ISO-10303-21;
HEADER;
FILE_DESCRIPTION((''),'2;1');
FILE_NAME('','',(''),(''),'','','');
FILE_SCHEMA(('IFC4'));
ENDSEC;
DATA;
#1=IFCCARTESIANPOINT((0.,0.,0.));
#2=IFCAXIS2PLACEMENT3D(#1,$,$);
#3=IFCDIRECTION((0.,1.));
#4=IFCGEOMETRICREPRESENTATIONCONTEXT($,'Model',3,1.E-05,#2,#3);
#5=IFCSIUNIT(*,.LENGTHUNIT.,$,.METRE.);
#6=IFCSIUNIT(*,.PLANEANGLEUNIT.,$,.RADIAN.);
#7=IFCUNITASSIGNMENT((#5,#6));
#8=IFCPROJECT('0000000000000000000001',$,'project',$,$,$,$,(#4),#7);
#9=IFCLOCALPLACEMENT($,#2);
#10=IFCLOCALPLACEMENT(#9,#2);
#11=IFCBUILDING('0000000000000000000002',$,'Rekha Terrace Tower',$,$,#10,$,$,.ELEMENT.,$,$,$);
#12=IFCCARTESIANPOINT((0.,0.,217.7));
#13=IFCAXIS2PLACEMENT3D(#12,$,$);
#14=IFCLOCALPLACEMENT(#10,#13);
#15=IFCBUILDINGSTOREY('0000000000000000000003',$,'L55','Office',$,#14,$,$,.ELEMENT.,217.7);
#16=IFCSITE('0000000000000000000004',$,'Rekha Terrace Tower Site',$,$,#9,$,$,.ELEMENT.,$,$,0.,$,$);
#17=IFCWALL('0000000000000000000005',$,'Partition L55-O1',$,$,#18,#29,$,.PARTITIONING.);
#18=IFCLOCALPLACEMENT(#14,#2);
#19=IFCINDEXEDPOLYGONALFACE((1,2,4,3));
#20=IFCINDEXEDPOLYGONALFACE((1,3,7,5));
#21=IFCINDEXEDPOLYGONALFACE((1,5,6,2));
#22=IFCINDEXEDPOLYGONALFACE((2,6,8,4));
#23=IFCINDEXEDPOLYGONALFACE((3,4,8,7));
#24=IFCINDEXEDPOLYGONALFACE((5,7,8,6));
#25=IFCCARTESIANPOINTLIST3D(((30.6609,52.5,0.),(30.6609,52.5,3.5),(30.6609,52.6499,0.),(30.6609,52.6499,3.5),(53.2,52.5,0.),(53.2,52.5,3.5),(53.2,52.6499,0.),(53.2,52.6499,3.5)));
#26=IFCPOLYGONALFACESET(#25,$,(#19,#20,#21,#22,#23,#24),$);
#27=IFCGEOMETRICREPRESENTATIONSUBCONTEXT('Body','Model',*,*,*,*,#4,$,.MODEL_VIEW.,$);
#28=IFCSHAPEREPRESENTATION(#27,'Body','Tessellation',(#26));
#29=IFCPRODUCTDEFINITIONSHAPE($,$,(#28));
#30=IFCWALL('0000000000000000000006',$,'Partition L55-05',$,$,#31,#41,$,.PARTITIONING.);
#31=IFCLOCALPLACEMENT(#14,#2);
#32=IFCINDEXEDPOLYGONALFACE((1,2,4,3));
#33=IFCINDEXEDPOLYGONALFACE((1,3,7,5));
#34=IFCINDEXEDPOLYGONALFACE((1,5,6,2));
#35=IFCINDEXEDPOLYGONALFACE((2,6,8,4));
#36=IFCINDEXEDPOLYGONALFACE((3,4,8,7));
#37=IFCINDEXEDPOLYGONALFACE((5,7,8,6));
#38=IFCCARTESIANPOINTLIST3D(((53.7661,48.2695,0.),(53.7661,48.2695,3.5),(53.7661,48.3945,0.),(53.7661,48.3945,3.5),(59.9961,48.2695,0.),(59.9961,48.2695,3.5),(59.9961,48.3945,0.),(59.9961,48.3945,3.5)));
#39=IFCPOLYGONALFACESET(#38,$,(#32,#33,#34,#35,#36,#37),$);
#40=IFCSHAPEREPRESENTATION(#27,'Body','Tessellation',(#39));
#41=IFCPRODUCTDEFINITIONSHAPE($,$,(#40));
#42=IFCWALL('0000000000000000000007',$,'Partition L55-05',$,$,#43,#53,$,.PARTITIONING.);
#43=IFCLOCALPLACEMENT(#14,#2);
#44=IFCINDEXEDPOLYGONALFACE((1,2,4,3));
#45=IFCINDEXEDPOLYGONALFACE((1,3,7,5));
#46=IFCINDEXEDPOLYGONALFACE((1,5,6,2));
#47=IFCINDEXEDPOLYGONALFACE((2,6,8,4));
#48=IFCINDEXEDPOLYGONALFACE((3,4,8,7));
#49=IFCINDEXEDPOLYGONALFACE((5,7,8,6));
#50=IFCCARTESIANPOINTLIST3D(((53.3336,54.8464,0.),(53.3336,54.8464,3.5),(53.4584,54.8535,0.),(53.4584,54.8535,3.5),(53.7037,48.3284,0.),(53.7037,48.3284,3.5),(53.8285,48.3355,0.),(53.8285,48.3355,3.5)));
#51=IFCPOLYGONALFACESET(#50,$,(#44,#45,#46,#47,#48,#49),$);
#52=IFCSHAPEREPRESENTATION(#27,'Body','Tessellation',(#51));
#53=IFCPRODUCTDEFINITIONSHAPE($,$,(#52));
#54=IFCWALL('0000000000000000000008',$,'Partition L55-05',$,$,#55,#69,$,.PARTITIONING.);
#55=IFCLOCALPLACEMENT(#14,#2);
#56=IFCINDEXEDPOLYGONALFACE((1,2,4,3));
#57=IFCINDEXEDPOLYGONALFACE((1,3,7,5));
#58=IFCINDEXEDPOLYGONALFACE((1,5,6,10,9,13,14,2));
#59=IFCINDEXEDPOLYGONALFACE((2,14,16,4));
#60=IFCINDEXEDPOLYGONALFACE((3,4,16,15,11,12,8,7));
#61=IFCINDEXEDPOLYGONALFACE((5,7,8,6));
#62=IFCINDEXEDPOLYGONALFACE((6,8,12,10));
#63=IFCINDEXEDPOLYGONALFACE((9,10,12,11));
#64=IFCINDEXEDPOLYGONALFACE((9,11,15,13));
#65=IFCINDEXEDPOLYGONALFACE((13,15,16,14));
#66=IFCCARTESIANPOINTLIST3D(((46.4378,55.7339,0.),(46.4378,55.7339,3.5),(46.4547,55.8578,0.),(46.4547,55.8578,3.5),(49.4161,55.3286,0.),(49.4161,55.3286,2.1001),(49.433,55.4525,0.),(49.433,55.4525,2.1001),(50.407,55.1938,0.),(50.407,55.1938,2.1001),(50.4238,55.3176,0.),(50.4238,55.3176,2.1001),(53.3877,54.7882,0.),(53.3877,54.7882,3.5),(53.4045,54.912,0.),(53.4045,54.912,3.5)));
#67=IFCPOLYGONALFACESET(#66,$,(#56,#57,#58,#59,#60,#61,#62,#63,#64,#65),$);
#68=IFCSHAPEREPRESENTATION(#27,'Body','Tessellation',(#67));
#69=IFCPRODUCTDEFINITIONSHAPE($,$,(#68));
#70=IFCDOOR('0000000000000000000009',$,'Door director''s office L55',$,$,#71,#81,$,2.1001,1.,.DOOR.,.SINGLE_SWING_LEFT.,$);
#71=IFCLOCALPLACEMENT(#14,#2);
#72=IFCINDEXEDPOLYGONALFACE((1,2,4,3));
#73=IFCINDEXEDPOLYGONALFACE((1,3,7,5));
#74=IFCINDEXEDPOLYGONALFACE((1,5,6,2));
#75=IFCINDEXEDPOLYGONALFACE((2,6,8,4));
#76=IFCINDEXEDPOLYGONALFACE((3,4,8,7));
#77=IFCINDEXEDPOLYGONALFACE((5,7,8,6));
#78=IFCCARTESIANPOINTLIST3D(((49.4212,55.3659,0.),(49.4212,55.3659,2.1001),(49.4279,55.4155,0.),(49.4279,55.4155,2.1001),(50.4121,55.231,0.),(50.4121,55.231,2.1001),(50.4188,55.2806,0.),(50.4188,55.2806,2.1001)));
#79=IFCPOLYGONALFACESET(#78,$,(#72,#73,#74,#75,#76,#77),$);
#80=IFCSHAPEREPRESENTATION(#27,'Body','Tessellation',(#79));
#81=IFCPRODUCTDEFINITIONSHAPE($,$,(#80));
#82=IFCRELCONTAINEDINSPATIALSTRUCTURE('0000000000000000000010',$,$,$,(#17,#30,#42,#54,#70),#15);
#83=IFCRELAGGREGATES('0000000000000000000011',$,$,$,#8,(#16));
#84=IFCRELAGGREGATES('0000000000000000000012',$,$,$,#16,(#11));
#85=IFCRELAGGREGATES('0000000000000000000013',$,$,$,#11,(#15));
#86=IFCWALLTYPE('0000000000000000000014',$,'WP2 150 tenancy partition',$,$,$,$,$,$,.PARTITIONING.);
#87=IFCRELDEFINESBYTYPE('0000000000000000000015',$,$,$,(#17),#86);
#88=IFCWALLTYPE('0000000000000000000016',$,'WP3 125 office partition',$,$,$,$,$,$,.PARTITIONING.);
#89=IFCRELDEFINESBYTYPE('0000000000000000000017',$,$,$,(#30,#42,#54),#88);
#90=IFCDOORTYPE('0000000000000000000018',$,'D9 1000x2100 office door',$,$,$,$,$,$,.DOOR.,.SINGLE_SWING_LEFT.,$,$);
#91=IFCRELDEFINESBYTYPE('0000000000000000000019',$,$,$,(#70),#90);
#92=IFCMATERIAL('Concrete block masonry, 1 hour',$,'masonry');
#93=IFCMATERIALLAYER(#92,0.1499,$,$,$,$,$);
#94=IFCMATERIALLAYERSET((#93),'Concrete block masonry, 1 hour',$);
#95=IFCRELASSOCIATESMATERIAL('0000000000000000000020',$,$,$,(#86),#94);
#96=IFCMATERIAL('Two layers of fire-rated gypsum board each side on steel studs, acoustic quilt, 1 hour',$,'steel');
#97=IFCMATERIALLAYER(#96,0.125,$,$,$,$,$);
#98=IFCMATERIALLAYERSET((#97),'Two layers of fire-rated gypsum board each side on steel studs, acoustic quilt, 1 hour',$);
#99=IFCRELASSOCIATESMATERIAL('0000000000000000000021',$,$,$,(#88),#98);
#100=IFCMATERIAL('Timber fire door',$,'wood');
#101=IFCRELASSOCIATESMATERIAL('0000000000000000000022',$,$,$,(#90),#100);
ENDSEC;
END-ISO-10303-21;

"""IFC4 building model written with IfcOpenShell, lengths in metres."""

from ifc_helpers import new_model, si_unit, direction, frame, frame_2d, origin, place, context, subcontext, project, spatial, rectangle, extrude, material, layer, layer_set, type_object, element, fill, save


model = new_model("IFC4")

# Units and contexts
model_context = context("Model", 3, precision=1e-05, world=origin(), true_north=direction((0.0, 1.0)))
body_context = subcontext(model_context, "Body", "Model", "MODEL_VIEW")
ifc_project = project(units=[si_unit("LENGTHUNIT", "METRE"), si_unit("PLANEANGLEUNIT", "RADIAN")], contexts=[model_context])

# Site, building, storey
site_placement = place(None, origin())
site = spatial("IfcSite", under=ifc_project, at=site_placement, Name="Rekha Terrace Tower Site", CompositionType="ELEMENT", RefElevation=0.0)
building_placement = place(site_placement, origin())
building = spatial("IfcBuilding", under=site, at=building_placement, Name="Rekha Terrace Tower", CompositionType="ELEMENT")
storey_placement = place(building_placement, frame((0.0, 0.0, 217.7)))
storey = spatial("IfcBuildingStorey", under=building, at=storey_placement, Name="L55", Description="Office", CompositionType="ELEMENT", Elevation=217.7)

# Walls
ifc_material_1 = material(Name="Concrete block masonry, 1 hour", Category="masonry")
ifc_layer_1 = layer(ifc_material_1, 0.1499)
ifc_layer_set_1 = layer_set([ifc_layer_1], Name="Concrete block masonry, 1 hour")
wall_type_1 = type_object("IfcWallType", Name="WP2 150 tenancy partition", PredefinedType="PARTITIONING", material=ifc_layer_set_1)
wall_1_placement = place(storey_placement, frame((53.2, 52.575, 0.0), z_axis=(0.0, 0.0, 1.0), x_axis=(-1.0, 0.0, 0.0)))
element("IfcWall", 1, at=wall_1_placement, inside=storey, type_object=wall_type_1, Name="Partition L55-O1", PredefinedType="PARTITIONING", context=body_context, shape_type="SweptSolid", body=[
    extrude(rectangle(XDim=22.5391, YDim=0.1499, at=frame_2d((11.2695, 0.0))), origin(), (0.0, 0.0, 1.0), 3.5),
])
ifc_material_2 = material(Name="Two layers of fire-rated gypsum board each side on steel studs, acoustic quilt, 1 hour", Category="steel")
ifc_layer_2 = layer(ifc_material_2, 0.125)
ifc_layer_set_2 = layer_set([ifc_layer_2], Name="Two layers of fire-rated gypsum board each side on steel studs, acoustic quilt, 1 hour")
wall_type_2 = type_object("IfcWallType", Name="WP3 125 office partition", PredefinedType="PARTITIONING", material=ifc_layer_set_2)
wall_2_placement = place(storey_placement, frame((59.9961, 48.332, 0.0), z_axis=(0.0, 0.0, 1.0), x_axis=(-1.0, 0.0, 0.0)))
element("IfcWall", 2, at=wall_2_placement, inside=storey, type_object=wall_type_2, Name="Partition L55-05", PredefinedType="PARTITIONING", context=body_context, shape_type="SweptSolid", body=[
    extrude(rectangle(XDim=6.23, YDim=0.125, at=frame_2d((3.115, 0.0))), origin(), (0.0, 0.0, 1.0), 3.5),
])
wall_3_placement = place(storey_placement, frame((53.7661, 48.332, 0.0), z_axis=(0.0, 0.0, 1.0), x_axis=(-0.056692, 0.998392, 0.0)))
element("IfcWall", 3, at=wall_3_placement, inside=storey, type_object=wall_type_2, Name="Partition L55-05", PredefinedType="PARTITIONING", context=body_context, shape_type="SweptSolid", body=[
    extrude(rectangle(XDim=6.5286, YDim=0.125, at=frame_2d((3.2642, 0.0))), origin(), (0.0, 0.0, 1.0), 3.5),
])

# Wall, opening, door
wall_4_placement = place(storey_placement, frame((53.396, 54.8501, 0.0), z_axis=(0.0, 0.0, 1.0), x_axis=(-0.990867, 0.134844, 0.0)))
wall_4 = element("IfcWall", 4, at=wall_4_placement, inside=storey, type_object=wall_type_2, Name="Partition L55-05", PredefinedType="PARTITIONING", context=body_context, shape_type="SweptSolid", body=[
    extrude(rectangle(XDim=7.0139, YDim=0.125, at=frame_2d((3.5068, 0.0))), origin(), (0.0, 0.0, 1.0), 3.5),
])
opening_placement = place(wall_4_placement, frame((3.0081, 0.0, 0.0)))
opening = element("IfcOpeningElement", 5, at=opening_placement, cuts=wall_4, PredefinedType="OPENING", context=body_context, shape_type="SweptSolid", body=[
    extrude(rectangle(XDim=1.0, YDim=2.1001, at=frame_2d((0.5, 1.05))), frame((0.0, 0.0725, 0.0), z_axis=(0.0, -1.0, 0.0), x_axis=(1.0, 0.0, 0.0)), (0.0, 0.0, 1.0), 0.145),
])
ifc_material_3 = material(Name="Timber fire door", Category="wood")
door_type = type_object("IfcDoorType", Name="D9 1000x2100 office door", OperationType="SINGLE_SWING_LEFT", PredefinedType="DOOR", material=ifc_material_3)
door_placement = place(opening_placement, origin())
door = element("IfcDoor", 6, at=door_placement, inside=storey, type_object=door_type, Name="Door director's office L55", OperationType="SINGLE_SWING_LEFT", OverallHeight=2.1001, OverallWidth=1.0, PredefinedType="DOOR", context=body_context, shape_type="SweptSolid", body=[
    extrude(rectangle(XDim=1.0, YDim=2.1001, at=frame_2d((0.5, 1.05))), frame((0.0, 0.0249, 0.0), z_axis=(0.0, -1.0, 0.0), x_axis=(1.0, 0.0, 0.0)), (0.0, 0.0, 1.0), 0.05),
])
fill(opening, door)

save(model, "model.ifc")
